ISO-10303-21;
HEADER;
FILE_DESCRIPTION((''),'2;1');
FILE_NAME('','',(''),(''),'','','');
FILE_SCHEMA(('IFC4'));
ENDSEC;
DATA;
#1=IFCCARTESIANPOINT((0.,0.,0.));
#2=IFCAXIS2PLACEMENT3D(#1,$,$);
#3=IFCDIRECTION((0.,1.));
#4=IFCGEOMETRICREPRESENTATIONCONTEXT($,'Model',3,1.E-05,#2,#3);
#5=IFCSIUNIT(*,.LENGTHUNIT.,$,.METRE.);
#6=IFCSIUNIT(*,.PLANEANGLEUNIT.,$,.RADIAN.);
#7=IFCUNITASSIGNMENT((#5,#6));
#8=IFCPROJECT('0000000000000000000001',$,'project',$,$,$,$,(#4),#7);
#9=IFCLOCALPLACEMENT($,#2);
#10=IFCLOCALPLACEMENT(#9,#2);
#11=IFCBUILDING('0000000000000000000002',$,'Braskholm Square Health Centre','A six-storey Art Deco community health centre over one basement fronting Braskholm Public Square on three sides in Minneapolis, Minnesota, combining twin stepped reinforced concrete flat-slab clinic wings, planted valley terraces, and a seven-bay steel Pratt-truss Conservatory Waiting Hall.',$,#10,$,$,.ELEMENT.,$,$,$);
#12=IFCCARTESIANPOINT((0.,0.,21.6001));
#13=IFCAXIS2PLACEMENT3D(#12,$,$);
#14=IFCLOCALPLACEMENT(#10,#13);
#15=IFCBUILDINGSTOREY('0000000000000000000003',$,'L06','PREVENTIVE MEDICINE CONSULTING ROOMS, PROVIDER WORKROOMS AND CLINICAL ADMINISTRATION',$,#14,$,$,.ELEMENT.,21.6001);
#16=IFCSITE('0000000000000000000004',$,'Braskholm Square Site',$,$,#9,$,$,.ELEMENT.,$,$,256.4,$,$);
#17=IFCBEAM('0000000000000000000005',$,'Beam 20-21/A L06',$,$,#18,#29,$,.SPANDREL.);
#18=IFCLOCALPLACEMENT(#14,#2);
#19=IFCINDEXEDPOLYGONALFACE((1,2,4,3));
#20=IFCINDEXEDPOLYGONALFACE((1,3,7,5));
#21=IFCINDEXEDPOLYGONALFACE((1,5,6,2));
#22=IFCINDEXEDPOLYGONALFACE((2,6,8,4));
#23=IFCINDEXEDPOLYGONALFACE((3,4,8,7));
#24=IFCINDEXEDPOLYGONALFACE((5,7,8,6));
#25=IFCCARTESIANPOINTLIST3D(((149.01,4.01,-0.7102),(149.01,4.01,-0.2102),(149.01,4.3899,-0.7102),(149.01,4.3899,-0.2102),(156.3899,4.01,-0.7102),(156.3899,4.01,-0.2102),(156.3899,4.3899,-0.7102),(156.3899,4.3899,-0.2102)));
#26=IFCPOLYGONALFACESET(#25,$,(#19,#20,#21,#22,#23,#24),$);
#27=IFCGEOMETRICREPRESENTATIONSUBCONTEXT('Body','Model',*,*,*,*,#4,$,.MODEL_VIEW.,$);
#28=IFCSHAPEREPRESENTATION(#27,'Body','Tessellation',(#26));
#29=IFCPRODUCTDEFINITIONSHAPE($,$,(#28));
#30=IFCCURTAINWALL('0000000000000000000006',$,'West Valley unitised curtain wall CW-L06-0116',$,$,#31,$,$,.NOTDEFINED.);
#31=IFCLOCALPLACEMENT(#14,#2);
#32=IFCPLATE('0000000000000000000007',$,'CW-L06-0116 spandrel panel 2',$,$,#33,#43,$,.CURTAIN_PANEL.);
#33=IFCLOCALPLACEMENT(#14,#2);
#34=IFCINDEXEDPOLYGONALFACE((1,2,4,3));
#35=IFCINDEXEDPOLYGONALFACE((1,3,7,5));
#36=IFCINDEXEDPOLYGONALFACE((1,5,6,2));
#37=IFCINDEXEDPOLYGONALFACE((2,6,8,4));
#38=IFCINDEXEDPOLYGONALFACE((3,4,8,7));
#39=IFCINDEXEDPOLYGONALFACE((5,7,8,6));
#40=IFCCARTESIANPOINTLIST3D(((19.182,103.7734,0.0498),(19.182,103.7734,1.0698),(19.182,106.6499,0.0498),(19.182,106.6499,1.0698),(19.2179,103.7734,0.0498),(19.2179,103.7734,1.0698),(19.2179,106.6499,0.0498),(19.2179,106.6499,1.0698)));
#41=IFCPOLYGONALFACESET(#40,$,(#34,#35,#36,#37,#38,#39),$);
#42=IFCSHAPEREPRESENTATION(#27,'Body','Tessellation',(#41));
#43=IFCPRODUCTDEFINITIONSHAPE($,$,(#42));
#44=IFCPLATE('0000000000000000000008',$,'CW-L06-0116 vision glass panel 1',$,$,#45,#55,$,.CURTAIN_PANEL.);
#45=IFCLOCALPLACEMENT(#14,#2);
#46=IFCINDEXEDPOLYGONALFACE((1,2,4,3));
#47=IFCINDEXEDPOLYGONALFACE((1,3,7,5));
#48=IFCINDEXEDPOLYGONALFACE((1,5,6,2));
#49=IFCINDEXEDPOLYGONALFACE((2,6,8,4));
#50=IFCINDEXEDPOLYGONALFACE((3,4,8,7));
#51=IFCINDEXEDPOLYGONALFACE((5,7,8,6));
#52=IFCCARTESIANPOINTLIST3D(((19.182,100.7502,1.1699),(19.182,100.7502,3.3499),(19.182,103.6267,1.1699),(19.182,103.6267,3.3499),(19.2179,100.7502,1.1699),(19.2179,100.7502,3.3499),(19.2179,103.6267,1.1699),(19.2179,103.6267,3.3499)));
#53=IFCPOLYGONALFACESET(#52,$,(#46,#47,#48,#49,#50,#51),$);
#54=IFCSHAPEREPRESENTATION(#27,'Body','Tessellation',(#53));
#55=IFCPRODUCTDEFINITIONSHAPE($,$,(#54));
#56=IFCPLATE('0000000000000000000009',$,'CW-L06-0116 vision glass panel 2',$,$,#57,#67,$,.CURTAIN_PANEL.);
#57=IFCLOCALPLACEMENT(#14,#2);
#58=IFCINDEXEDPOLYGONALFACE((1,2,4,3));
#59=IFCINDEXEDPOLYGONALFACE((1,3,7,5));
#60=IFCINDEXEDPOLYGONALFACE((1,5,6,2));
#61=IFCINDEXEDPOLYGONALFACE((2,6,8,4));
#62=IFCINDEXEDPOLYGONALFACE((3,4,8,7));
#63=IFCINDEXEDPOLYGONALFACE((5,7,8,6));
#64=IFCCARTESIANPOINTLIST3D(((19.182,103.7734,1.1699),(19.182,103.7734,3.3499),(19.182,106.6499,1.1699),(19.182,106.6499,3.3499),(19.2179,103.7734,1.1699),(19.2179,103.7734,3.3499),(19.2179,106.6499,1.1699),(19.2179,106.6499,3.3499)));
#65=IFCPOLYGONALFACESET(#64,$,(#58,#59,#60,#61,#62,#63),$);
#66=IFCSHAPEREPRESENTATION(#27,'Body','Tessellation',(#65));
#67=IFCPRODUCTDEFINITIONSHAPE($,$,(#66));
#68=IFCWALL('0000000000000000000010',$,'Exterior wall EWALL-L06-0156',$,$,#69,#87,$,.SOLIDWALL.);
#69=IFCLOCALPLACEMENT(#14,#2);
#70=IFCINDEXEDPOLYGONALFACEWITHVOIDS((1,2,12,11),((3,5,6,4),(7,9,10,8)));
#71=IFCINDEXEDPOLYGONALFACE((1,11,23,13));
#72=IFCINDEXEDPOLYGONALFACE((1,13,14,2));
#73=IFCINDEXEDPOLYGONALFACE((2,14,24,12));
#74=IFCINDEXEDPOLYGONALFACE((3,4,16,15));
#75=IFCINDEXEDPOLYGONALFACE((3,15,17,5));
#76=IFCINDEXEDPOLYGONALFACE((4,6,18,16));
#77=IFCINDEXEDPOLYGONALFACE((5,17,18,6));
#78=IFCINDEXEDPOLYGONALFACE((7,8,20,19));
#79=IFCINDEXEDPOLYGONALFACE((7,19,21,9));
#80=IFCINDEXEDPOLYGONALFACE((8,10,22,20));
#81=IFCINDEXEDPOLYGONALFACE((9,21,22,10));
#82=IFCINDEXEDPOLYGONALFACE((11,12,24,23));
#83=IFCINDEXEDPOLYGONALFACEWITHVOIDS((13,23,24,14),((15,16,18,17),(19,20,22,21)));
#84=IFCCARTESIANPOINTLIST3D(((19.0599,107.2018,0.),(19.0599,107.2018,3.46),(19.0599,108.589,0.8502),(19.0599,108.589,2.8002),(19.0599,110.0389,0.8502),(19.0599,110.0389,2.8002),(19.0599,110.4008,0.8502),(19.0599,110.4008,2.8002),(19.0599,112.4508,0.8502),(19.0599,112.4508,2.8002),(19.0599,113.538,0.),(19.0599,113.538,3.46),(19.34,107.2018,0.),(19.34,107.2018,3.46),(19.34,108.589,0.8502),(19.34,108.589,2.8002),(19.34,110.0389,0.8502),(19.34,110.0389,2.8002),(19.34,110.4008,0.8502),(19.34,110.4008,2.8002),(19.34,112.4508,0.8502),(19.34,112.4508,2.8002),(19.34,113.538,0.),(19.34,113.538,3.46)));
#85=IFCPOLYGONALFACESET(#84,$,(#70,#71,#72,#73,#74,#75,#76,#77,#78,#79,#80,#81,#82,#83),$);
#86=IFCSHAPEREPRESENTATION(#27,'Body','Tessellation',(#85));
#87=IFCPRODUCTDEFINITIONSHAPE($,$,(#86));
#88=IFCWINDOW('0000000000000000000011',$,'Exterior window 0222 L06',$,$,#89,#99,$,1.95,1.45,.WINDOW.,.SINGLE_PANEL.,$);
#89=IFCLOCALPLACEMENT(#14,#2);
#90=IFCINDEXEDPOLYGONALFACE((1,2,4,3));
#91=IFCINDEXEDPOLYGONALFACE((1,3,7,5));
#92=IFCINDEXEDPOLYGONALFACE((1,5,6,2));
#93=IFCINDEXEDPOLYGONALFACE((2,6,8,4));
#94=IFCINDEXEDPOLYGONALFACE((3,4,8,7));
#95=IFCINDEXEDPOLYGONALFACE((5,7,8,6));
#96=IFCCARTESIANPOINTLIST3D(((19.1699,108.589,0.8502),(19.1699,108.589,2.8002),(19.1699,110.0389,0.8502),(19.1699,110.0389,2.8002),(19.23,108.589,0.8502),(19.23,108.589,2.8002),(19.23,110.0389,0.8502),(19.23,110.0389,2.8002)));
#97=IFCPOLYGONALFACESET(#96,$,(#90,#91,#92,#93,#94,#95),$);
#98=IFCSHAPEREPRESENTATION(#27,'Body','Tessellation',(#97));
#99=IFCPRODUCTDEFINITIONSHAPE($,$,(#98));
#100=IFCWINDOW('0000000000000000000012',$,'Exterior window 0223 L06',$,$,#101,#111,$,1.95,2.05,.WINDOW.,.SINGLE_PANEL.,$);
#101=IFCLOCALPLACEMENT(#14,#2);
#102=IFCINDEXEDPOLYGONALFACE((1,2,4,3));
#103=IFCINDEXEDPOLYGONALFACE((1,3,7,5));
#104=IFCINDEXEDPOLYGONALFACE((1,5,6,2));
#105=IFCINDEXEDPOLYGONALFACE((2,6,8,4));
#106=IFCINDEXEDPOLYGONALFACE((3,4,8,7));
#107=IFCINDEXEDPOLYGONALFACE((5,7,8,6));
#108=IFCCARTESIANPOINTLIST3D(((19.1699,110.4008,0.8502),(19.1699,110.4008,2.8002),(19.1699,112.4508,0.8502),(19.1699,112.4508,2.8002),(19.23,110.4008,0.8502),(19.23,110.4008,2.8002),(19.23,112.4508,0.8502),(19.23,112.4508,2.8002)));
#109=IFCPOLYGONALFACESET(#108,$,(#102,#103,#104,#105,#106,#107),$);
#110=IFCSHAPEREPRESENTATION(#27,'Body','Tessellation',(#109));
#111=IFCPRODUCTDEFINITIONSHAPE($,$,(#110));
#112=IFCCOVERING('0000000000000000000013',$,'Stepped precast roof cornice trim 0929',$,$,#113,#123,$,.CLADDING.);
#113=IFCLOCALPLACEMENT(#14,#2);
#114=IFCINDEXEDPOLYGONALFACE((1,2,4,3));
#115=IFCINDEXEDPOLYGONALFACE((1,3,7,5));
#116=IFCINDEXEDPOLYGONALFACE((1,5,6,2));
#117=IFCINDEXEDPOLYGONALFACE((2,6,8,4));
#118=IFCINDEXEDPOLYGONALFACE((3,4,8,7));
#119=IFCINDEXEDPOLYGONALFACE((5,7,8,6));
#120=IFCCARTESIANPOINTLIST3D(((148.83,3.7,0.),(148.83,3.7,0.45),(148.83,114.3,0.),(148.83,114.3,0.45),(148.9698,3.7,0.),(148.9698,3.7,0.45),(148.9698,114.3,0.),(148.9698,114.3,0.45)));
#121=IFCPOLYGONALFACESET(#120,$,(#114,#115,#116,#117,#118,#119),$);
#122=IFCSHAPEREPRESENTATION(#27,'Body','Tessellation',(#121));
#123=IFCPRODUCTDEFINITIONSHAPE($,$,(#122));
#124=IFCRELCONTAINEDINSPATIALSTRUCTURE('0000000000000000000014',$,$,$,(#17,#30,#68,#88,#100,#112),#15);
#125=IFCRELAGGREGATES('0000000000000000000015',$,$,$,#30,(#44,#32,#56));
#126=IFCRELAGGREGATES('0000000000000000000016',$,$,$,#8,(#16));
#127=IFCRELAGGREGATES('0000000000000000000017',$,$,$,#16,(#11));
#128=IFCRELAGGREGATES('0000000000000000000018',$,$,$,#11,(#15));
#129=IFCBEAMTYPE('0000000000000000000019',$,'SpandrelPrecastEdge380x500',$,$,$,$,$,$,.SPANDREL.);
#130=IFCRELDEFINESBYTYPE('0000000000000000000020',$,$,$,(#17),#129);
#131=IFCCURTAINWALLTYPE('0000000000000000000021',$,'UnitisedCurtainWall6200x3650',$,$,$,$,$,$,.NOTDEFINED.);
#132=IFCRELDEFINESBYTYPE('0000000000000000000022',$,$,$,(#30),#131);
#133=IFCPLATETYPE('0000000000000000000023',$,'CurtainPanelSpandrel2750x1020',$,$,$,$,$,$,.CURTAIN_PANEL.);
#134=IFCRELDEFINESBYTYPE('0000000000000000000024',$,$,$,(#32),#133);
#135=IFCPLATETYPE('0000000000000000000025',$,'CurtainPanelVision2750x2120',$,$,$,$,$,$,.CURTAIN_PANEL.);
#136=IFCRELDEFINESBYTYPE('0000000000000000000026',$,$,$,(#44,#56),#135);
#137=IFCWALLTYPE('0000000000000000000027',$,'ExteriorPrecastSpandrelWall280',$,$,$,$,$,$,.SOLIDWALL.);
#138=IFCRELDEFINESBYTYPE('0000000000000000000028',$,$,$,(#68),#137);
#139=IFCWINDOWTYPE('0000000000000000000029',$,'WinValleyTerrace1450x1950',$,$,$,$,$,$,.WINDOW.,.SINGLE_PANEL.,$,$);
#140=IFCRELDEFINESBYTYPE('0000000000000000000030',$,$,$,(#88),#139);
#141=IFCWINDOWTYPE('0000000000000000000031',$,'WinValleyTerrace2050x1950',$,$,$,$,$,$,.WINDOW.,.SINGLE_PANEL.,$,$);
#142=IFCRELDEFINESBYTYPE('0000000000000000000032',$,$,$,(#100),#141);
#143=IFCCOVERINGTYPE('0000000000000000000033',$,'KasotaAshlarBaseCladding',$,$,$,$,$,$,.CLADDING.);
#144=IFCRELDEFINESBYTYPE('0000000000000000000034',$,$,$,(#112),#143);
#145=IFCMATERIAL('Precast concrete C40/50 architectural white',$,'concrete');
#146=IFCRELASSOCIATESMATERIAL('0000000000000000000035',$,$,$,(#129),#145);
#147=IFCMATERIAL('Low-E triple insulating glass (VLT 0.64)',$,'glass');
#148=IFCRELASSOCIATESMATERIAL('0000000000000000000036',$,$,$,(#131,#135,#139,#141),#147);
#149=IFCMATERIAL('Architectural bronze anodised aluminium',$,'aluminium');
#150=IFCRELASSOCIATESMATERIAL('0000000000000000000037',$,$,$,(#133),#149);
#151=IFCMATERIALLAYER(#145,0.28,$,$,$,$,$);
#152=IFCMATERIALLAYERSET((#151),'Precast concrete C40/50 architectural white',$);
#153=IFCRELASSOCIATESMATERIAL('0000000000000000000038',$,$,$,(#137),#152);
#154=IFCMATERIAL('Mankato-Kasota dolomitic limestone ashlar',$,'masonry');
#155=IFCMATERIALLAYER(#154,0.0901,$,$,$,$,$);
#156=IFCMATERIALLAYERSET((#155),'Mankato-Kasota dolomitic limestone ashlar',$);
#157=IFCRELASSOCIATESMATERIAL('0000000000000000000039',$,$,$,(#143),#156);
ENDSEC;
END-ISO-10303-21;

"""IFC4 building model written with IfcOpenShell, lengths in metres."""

from ifc_helpers import new_model, si_unit, direction, frame, frame_2d, origin, origin_with_axes, origin_2d, place, context, subcontext, project, spatial, rectangle, extrude, material, layer, layer_set, material_profile, profile_set, type_object, element, fill, aggregate, save


model = new_model("IFC4")

# Units and contexts
model_context = context("Model", 3, precision=1e-05, world=origin(), true_north=direction((0.0, 1.0)))
body_context = subcontext(model_context, "Body", "Model", "MODEL_VIEW")
ifc_project = project(units=[si_unit("LENGTHUNIT", "METRE"), si_unit("PLANEANGLEUNIT", "RADIAN")], contexts=[model_context])

# Site, building, storey
site_placement = place(None, origin())
site = spatial("IfcSite", under=ifc_project, at=site_placement, Name="Braskholm Square Site", CompositionType="ELEMENT", RefElevation=256.4)
building_placement = place(site_placement, origin())
building = spatial("IfcBuilding", under=site, at=building_placement, Name="Braskholm Square Health Centre", Description="A six-storey Art Deco community health centre over one basement fronting Braskholm Public Square on three sides in Minneapolis, Minnesota, combining twin stepped reinforced concrete flat-slab clinic wings, planted valley terraces, and a seven-bay steel Pratt-truss Conservatory Waiting Hall.", CompositionType="ELEMENT")
storey_placement = place(building_placement, frame((0.0, 0.0, 21.6001)))
storey = spatial("IfcBuildingStorey", under=building, at=storey_placement, Name="L06", Description="PREVENTIVE MEDICINE CONSULTING ROOMS, PROVIDER WORKROOMS AND CLINICAL ADMINISTRATION", CompositionType="ELEMENT", Elevation=21.6001)

# Beam
ifc_material_1 = material(Name="Precast concrete C40/50 architectural white", Category="concrete")
ifc_material_profile_1 = material_profile(ifc_material_1, rectangle(XDim=0.3799, YDim=0.5, at=origin_2d()), Name="RCB-380X500")
ifc_profile_set_1 = profile_set([ifc_material_profile_1], Name="Precast concrete C40/50 architectural white")
beam_type_1 = type_object("IfcBeamType", Name="SpandrelPrecastEdge380x500", PredefinedType="SPANDREL", material=ifc_profile_set_1)
beam_1_placement = place(storey_placement, frame((149.01, 4.2, -0.4602), z_axis=(1.0, 0.0, 0.0), x_axis=(0.0, 1.0, 0.0)))
element("IfcBeam", 1, at=beam_1_placement, inside=storey, type_object=beam_type_1, Name="Beam 20-21/A L06", PredefinedType="SPANDREL", context=body_context, shape_type="SweptSolid", body=[
    extrude(rectangle(XDim=0.3799, YDim=0.5, at=origin_2d()), origin(), (0.0, 0.0, 1.0), 7.3799),
])

# Curtain wall, plates
ifc_material_2 = material(Name="Low-E triple insulating glass (VLT 0.64)", Category="glass")
curtain_wall_type = type_object("IfcCurtainWallType", Name="UnitisedCurtainWall6200x3650", PredefinedType="NOTDEFINED", material=ifc_material_2)
curtain_wall_placement = place(storey_placement, origin())
curtain_wall = element("IfcCurtainWall", 2, at=curtain_wall_placement, inside=storey, type_object=curtain_wall_type, Name="West Valley unitised curtain wall CW-L06-0116", PredefinedType="NOTDEFINED")
ifc_material_3 = material(Name="Architectural bronze anodised aluminium", Category="aluminium")
plate_type_1 = type_object("IfcPlateType", Name="CurtainPanelSpandrel2750x1020", PredefinedType="CURTAIN_PANEL", material=ifc_material_3)
plate_1_placement = place(storey_placement, frame((19.2, 105.2117, 0.0498), z_axis=(0.0, 0.0, 1.0), x_axis=(0.0, 1.0, 0.0)))
plate_1 = element("IfcPlate", 3, at=plate_1_placement, type_object=plate_type_1, Name="CW-L06-0116 spandrel panel 2", PredefinedType="CURTAIN_PANEL", context=body_context, shape_type="SweptSolid", body=[
    extrude(rectangle(XDim=2.8765, YDim=0.0359, at=origin_2d()), origin(), (0.0, 0.0, 1.0), 1.02),
])
plate_type_2 = type_object("IfcPlateType", Name="CurtainPanelVision2750x2120", PredefinedType="CURTAIN_PANEL", material=ifc_material_2)
plate_2_placement = place(storey_placement, frame((19.2, 102.1885, 1.1699), z_axis=(0.0, 0.0, 1.0), x_axis=(0.0, 1.0, 0.0)))
plate_2 = element("IfcPlate", 4, at=plate_2_placement, type_object=plate_type_2, Name="CW-L06-0116 vision glass panel 1", PredefinedType="CURTAIN_PANEL", context=body_context, shape_type="SweptSolid", body=[
    extrude(rectangle(XDim=2.8765, YDim=0.0359, at=origin_2d()), origin(), (0.0, 0.0, 1.0), 2.1799),
])
plate_3_placement = place(storey_placement, frame((19.2, 105.2117, 1.1699), z_axis=(0.0, 0.0, 1.0), x_axis=(0.0, 1.0, 0.0)))
plate_3 = element("IfcPlate", 5, at=plate_3_placement, type_object=plate_type_2, Name="CW-L06-0116 vision glass panel 2", PredefinedType="CURTAIN_PANEL", context=body_context, shape_type="SweptSolid", body=[
    extrude(rectangle(XDim=2.8765, YDim=0.0359, at=origin_2d()), origin(), (0.0, 0.0, 1.0), 2.1799),
])
aggregate(curtain_wall, [plate_2, plate_1, plate_3])

# Wall, openings, windows
ifc_layer_1 = layer(ifc_material_1, 0.28)
ifc_layer_set_1 = layer_set([ifc_layer_1], Name="Precast concrete C40/50 architectural white")
wall_type = type_object("IfcWallType", Name="ExteriorPrecastSpandrelWall280", PredefinedType="SOLIDWALL", material=ifc_layer_set_1)
wall_placement = place(storey_placement, frame((19.2, 107.2019, 0.0), z_axis=(0.0, 0.0, 1.0), x_axis=(0.0, 1.0, 0.0)))
wall = element("IfcWall", 6, at=wall_placement, inside=storey, type_object=wall_type, Name="Exterior wall EWALL-L06-0156", PredefinedType="SOLIDWALL", context=body_context, shape_type="SweptSolid", body=[
    extrude(rectangle(XDim=6.3362, YDim=0.28, at=frame_2d((3.168, 0.0))), origin(), (0.0, 0.0, 1.0), 3.46),
])
opening_1_placement = place(wall_placement, frame((1.387, 0.0, 0.8501)))
opening_1 = element("IfcOpeningElement", 7, at=opening_1_placement, cuts=wall, PredefinedType="OPENING", context=body_context, shape_type="SweptSolid", body=[
    extrude(rectangle(XDim=1.45, YDim=1.95, at=frame_2d((0.7251, 0.9751))), frame((0.0, 0.1499, 0.0), z_axis=(0.0, -1.0, 0.0), x_axis=(1.0, 0.0, 0.0)), (0.0, 0.0, 1.0), 0.3),
])
opening_2_placement = place(wall_placement, frame((3.199, 0.0, 0.8501)))
opening_2 = element("IfcOpeningElement", 8, at=opening_2_placement, cuts=wall, PredefinedType="OPENING", context=body_context, shape_type="SweptSolid", body=[
    extrude(rectangle(XDim=2.05, YDim=1.95, at=frame_2d((1.0249, 0.9751))), frame((0.0, 0.1499, 0.0), z_axis=(0.0, -1.0, 0.0), x_axis=(1.0, 0.0, 0.0)), (0.0, 0.0, 1.0), 0.3),
])
window_type_1 = type_object("IfcWindowType", Name="WinValleyTerrace1450x1950", PartitioningType="SINGLE_PANEL", PredefinedType="WINDOW", material=ifc_material_2)
window_1_placement = place(opening_1_placement, origin_with_axes())
window_1 = element("IfcWindow", 9, at=window_1_placement, inside=storey, type_object=window_type_1, Name="Exterior window 0222 L06", OverallHeight=1.95, OverallWidth=1.45, PartitioningType="SINGLE_PANEL", PredefinedType="WINDOW", context=body_context, shape_type="SweptSolid", body=[
    extrude(rectangle(XDim=1.45, YDim=1.95, at=frame_2d((0.7251, 0.9751))), frame((0.0, 0.03, 0.0), z_axis=(0.0, -1.0, 0.0), x_axis=(1.0, 0.0, 0.0)), (0.0, 0.0, 1.0), 0.0601),
])
fill(opening_1, window_1)
window_type_2 = type_object("IfcWindowType", Name="WinValleyTerrace2050x1950", PartitioningType="SINGLE_PANEL", PredefinedType="WINDOW", material=ifc_material_2)
window_2_placement = place(opening_2_placement, origin_with_axes())
window_2 = element("IfcWindow", 10, at=window_2_placement, inside=storey, type_object=window_type_2, Name="Exterior window 0223 L06", OverallHeight=1.95, OverallWidth=2.05, PartitioningType="SINGLE_PANEL", PredefinedType="WINDOW", context=body_context, shape_type="SweptSolid", body=[
    extrude(rectangle(XDim=2.05, YDim=1.95, at=frame_2d((1.0249, 0.9751))), frame((0.0, 0.03, 0.0), z_axis=(0.0, -1.0, 0.0), x_axis=(1.0, 0.0, 0.0)), (0.0, 0.0, 1.0), 0.0601),
])
fill(opening_2, window_2)

# Covering
ifc_material_4 = material(Name="Mankato-Kasota dolomitic limestone ashlar", Category="masonry")
ifc_layer_2 = layer(ifc_material_4, 0.0901)
ifc_layer_set_2 = layer_set([ifc_layer_2], Name="Mankato-Kasota dolomitic limestone ashlar")
covering_type = type_object("IfcCoveringType", Name="KasotaAshlarBaseCladding", PredefinedType="CLADDING", material=ifc_layer_set_2)
covering_placement = place(storey_placement, frame((148.8999, 59.0, 0.0), z_axis=(0.0, 0.0, 1.0), x_axis=(0.0, -1.0, 0.0)))
element("IfcCovering", 11, at=covering_placement, inside=storey, type_object=covering_type, Name="Stepped precast roof cornice trim 0929", PredefinedType="CLADDING", context=body_context, shape_type="SweptSolid", body=[
    extrude(rectangle(XDim=110.6001, YDim=0.1399, at=origin_2d()), origin(), (0.0, 0.0, 1.0), 0.45),
])

save(model, "model.ifc")
